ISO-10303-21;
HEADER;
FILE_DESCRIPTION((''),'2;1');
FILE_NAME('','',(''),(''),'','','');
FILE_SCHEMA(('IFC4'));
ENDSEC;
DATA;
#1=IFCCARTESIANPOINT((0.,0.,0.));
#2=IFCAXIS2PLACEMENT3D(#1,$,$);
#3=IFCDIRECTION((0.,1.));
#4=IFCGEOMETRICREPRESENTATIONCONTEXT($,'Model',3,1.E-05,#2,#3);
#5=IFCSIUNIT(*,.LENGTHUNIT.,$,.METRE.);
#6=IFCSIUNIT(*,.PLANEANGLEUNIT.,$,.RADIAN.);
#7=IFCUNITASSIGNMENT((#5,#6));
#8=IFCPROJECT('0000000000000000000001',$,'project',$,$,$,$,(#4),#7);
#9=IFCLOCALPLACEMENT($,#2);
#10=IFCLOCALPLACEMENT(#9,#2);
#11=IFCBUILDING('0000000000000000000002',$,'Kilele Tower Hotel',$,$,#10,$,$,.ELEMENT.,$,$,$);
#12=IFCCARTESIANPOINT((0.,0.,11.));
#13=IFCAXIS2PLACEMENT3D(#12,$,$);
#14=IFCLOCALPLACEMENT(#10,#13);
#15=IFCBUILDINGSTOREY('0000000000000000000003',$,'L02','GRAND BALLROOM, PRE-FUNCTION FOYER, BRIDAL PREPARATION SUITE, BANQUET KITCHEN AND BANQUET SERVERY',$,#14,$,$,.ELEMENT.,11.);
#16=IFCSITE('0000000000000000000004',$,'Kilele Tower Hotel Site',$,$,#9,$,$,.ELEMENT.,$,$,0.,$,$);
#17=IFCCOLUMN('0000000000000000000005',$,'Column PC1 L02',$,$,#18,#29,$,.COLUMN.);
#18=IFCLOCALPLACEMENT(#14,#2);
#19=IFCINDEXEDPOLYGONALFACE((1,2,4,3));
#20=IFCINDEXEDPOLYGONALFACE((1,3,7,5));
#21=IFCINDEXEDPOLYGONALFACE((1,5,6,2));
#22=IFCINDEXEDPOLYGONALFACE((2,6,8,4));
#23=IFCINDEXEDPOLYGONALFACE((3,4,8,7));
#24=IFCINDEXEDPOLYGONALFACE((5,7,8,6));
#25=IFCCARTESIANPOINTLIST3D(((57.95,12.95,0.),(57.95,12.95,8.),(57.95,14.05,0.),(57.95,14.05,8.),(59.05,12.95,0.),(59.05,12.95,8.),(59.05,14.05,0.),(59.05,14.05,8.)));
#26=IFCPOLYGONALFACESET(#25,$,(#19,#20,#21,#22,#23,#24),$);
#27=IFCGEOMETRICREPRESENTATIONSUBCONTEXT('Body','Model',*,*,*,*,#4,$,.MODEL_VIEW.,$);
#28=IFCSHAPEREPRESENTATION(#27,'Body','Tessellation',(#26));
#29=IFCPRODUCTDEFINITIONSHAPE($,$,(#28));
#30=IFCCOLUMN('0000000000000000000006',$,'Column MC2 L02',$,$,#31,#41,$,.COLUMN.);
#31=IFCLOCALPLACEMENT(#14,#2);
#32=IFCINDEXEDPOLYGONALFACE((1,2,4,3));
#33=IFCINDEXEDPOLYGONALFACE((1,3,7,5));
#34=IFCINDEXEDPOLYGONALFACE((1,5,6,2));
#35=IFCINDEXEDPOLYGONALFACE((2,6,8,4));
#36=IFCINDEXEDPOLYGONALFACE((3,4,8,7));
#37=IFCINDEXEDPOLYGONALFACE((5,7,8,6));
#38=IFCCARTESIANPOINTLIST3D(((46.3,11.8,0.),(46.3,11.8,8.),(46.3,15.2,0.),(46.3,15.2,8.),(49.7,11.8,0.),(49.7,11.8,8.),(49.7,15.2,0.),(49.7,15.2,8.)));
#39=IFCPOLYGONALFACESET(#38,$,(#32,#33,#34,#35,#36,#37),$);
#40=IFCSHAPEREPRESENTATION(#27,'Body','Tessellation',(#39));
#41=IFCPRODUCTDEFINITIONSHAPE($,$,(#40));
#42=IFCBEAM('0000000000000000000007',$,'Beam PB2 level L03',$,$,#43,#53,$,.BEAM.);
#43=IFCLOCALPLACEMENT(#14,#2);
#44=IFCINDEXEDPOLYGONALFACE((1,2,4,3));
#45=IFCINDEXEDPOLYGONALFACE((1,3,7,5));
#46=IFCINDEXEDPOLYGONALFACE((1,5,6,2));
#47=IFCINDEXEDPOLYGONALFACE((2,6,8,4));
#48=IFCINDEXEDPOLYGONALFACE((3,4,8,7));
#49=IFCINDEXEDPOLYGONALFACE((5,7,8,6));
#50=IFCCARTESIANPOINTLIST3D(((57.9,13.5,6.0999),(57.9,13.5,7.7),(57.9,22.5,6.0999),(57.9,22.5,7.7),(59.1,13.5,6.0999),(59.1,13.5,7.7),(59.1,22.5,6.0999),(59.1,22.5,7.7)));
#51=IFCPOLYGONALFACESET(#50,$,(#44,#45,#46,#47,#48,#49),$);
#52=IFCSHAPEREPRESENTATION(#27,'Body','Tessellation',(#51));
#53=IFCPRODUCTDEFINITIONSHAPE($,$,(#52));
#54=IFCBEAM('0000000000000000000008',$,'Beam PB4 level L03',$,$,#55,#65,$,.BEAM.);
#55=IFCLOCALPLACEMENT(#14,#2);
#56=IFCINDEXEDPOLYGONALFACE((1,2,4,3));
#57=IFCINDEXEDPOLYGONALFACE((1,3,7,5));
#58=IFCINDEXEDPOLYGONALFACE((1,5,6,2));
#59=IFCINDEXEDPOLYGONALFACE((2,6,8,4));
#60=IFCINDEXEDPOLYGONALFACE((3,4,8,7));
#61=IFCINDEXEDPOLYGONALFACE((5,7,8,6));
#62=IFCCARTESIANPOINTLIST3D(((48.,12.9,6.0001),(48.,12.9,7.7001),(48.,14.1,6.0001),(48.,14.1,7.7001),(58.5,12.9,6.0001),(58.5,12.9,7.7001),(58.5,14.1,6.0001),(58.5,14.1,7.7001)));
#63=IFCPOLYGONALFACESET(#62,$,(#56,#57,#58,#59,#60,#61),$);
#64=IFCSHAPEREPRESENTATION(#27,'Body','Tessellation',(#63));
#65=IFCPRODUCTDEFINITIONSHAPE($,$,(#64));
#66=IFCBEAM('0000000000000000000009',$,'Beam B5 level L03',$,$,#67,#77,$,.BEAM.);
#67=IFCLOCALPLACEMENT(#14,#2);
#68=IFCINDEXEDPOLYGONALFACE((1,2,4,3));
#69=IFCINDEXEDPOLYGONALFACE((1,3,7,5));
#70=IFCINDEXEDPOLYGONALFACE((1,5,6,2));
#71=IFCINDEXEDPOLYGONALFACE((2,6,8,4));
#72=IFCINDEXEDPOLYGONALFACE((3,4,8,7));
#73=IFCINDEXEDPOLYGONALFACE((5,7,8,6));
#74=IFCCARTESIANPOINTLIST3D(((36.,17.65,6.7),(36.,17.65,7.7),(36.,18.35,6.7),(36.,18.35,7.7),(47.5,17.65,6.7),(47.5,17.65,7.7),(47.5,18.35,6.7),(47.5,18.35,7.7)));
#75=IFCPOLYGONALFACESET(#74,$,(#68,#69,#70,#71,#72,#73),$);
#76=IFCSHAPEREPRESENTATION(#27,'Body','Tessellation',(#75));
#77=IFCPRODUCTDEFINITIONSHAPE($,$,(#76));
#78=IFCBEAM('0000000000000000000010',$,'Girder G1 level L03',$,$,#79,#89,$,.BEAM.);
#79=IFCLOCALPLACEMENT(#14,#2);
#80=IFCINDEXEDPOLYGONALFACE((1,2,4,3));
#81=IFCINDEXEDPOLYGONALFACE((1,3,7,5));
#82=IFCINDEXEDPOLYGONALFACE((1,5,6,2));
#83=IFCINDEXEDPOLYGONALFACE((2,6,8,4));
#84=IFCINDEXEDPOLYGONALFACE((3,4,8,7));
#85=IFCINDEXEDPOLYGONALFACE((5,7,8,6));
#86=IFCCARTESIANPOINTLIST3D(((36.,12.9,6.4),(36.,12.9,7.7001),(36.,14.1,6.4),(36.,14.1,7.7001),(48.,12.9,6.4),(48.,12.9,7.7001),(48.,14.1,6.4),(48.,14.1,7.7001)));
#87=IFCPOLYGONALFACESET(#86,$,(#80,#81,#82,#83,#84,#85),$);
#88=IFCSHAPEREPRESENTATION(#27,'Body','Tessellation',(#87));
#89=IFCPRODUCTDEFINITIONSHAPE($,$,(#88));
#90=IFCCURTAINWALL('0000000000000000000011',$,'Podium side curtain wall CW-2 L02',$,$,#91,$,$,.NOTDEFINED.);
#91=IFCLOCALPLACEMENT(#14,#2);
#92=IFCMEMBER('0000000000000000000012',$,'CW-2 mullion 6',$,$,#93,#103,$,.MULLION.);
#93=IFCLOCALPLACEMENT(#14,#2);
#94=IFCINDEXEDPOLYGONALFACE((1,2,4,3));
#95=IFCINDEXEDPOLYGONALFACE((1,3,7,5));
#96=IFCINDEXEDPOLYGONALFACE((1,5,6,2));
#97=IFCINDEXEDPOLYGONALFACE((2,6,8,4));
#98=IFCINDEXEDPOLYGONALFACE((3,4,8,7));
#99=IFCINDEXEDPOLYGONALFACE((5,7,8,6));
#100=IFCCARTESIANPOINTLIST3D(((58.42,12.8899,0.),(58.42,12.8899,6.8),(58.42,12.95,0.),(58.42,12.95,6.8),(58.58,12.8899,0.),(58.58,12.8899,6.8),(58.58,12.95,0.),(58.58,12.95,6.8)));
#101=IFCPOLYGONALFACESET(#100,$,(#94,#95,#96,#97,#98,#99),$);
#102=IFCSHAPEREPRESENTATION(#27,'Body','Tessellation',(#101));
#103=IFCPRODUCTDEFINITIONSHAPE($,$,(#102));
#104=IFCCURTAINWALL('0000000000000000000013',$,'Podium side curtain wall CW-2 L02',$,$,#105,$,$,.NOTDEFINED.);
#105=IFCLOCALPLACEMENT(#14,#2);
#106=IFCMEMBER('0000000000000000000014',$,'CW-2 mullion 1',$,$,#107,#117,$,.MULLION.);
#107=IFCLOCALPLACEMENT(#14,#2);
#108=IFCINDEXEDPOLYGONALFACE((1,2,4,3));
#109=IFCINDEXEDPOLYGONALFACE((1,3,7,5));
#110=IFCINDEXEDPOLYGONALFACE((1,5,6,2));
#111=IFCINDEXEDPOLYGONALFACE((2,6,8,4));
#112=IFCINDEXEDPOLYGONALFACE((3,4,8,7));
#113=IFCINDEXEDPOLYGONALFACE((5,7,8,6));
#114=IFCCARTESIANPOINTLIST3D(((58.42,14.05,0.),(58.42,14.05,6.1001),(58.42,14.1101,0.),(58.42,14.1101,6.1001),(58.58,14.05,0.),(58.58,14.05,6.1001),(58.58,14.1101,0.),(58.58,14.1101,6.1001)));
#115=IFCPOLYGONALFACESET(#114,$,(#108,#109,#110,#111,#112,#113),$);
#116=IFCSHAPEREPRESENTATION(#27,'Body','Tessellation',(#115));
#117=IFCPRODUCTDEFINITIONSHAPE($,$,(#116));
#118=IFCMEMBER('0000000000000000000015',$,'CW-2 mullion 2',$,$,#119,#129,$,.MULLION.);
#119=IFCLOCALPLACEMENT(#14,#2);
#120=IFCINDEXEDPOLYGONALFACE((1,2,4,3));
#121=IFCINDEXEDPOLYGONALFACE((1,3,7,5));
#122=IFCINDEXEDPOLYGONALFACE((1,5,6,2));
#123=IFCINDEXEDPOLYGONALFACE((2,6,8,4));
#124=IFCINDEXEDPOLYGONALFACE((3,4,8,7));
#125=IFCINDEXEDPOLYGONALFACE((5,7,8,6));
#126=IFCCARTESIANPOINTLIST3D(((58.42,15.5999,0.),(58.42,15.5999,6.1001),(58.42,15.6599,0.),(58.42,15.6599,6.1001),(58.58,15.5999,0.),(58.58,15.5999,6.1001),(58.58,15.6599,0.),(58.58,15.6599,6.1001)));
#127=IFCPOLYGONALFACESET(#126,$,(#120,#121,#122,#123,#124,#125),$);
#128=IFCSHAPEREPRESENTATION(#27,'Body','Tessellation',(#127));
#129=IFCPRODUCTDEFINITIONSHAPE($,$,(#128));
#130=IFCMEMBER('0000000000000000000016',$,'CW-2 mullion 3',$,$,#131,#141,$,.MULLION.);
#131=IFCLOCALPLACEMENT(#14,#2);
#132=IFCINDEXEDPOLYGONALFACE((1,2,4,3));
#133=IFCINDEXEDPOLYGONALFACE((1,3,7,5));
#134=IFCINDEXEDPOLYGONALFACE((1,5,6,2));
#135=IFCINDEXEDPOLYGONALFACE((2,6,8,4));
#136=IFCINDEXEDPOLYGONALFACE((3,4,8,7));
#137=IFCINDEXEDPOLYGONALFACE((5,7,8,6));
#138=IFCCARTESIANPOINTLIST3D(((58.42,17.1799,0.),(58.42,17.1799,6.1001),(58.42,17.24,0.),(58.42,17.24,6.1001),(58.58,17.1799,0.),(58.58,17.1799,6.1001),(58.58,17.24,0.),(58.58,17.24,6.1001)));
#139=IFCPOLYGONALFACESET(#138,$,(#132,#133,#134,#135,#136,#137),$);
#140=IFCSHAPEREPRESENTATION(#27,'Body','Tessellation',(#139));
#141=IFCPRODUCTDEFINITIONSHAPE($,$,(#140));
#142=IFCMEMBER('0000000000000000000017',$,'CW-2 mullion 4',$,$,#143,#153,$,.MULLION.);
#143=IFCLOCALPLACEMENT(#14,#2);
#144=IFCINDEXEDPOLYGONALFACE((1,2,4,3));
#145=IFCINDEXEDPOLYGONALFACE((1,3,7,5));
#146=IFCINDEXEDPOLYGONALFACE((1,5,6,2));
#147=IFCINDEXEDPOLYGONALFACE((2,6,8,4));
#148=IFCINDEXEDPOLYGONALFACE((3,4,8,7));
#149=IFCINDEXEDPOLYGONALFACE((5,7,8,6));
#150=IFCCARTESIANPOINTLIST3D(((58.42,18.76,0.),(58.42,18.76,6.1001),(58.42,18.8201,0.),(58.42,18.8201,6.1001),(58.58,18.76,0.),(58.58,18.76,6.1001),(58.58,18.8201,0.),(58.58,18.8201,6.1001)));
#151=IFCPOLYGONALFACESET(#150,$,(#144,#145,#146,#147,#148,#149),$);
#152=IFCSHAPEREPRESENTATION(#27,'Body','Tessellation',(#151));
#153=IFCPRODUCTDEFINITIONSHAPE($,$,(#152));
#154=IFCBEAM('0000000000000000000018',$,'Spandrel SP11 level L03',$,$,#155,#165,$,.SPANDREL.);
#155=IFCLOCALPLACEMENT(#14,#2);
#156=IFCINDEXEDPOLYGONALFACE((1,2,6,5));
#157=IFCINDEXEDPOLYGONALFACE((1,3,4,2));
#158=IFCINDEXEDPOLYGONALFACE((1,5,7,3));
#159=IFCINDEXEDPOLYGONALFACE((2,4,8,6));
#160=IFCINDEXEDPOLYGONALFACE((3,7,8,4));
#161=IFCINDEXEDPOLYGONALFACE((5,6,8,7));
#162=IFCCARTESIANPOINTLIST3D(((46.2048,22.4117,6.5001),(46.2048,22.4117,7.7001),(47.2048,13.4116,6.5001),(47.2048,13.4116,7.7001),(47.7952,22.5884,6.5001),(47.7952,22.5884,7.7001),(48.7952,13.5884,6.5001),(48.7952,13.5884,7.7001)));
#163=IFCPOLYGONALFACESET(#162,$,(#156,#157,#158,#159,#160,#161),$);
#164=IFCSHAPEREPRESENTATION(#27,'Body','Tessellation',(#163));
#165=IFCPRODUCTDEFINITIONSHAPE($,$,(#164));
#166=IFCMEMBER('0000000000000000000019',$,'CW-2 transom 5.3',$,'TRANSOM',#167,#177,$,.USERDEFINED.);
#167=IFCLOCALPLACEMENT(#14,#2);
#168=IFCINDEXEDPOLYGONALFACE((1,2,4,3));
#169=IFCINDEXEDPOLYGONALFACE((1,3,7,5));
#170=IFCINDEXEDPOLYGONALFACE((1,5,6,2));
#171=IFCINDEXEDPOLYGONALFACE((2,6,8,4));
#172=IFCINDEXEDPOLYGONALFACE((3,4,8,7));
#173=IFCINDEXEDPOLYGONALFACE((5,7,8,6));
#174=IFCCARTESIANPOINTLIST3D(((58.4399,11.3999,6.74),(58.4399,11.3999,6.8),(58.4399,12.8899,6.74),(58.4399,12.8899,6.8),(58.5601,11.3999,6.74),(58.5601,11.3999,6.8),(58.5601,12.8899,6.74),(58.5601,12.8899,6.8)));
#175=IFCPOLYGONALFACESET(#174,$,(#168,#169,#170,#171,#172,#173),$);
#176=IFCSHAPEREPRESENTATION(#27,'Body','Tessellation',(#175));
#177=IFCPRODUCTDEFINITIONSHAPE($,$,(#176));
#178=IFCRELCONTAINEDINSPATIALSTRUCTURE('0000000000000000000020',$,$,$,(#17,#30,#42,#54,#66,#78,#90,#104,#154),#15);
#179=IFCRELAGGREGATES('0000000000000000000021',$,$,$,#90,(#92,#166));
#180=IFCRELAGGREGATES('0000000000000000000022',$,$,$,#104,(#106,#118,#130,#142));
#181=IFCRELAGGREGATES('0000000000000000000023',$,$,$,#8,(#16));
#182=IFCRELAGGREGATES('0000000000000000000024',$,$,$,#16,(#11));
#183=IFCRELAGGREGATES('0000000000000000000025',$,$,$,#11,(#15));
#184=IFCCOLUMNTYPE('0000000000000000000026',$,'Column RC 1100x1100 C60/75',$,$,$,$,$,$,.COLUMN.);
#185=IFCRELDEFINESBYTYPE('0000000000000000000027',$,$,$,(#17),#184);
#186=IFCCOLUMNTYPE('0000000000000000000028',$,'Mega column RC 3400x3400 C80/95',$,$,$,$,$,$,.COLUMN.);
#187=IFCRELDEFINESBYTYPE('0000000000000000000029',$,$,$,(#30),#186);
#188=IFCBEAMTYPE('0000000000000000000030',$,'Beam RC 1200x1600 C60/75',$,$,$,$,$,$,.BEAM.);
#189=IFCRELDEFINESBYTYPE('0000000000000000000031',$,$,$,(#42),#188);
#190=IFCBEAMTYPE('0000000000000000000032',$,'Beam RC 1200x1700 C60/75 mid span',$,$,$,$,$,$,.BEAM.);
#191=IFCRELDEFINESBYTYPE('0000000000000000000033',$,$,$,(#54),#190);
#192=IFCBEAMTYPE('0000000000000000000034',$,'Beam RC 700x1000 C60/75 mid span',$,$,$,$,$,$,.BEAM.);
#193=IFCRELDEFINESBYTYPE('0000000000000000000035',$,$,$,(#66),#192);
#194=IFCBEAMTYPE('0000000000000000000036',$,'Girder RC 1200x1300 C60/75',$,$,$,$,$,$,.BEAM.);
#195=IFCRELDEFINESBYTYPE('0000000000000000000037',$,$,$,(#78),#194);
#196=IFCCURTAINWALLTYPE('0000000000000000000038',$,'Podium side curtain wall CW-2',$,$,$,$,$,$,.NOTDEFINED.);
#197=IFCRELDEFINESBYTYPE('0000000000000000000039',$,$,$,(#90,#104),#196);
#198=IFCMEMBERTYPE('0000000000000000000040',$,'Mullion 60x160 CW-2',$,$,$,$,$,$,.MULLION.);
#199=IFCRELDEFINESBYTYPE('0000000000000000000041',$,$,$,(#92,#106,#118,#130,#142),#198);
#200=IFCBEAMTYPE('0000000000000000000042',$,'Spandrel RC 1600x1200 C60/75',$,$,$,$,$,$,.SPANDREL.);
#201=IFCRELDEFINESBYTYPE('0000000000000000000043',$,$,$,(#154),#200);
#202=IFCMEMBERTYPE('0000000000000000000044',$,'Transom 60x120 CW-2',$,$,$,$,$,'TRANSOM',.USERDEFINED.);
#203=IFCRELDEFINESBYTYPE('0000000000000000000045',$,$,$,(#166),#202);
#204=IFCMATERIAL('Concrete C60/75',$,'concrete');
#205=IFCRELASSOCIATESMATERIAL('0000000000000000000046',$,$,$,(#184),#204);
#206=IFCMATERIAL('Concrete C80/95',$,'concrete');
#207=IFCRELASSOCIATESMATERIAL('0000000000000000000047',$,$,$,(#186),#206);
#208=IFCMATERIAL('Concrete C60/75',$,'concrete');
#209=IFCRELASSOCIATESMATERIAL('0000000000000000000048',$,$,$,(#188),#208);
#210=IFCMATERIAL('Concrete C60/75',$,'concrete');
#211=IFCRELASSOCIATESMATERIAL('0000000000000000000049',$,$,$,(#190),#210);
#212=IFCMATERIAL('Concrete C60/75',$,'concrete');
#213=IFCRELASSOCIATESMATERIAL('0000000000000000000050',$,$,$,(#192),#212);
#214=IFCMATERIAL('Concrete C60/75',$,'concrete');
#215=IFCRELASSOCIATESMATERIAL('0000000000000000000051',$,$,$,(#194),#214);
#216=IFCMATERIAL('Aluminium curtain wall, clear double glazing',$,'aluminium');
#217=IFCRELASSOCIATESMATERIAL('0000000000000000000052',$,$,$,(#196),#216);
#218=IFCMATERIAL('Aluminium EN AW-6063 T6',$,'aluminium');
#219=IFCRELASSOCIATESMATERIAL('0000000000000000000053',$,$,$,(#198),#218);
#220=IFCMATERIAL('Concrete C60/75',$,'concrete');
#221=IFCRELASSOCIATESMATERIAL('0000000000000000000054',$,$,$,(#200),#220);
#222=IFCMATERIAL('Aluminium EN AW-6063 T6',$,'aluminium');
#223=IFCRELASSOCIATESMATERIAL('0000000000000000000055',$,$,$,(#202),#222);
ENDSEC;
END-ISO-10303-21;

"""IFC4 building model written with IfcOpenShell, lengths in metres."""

from ifc_helpers import new_model, si_unit, direction, frame, origin, origin_2d, place, context, subcontext, project, spatial, rectangle, extrude, material, material_profile, profile_set, type_object, element, aggregate, save


model = new_model("IFC4")

# Units and contexts
model_context = context("Model", 3, precision=1e-05, world=origin(), true_north=direction((0.0, 1.0)))
body_context = subcontext(model_context, "Body", "Model", "MODEL_VIEW")
ifc_project = project(units=[si_unit("LENGTHUNIT", "METRE"), si_unit("PLANEANGLEUNIT", "RADIAN")], contexts=[model_context])

# Site, building, storey
site_placement = place(None, origin())
site = spatial("IfcSite", under=ifc_project, at=site_placement, Name="Kilele Tower Hotel Site", CompositionType="ELEMENT", RefElevation=0.0)
building_placement = place(site_placement, origin())
building = spatial("IfcBuilding", under=site, at=building_placement, Name="Kilele Tower Hotel", CompositionType="ELEMENT")
storey_placement = place(building_placement, frame((0.0, 0.0, 11.0)))
storey = spatial("IfcBuildingStorey", under=building, at=storey_placement, Name="L02", Description="GRAND BALLROOM, PRE-FUNCTION FOYER, BRIDAL PREPARATION SUITE, BANQUET KITCHEN AND BANQUET SERVERY", CompositionType="ELEMENT", Elevation=11.0)

# Columns
ifc_material_1 = material(Name="Concrete C60/75", Category="concrete")
ifc_material_profile_1 = material_profile(ifc_material_1, rectangle(XDim=1.1001, YDim=1.1001, at=origin_2d()))
ifc_profile_set_1 = profile_set([ifc_material_profile_1], Name="Concrete C60/75")
column_type_1 = type_object("IfcColumnType", Name="Column RC 1100x1100 C60/75", PredefinedType="COLUMN", material=ifc_profile_set_1)
column_1_placement = place(storey_placement, frame((58.5, 13.5, 0.0), z_axis=(0.0, 0.0, 1.0), x_axis=(1.0, 0.0, 0.0)))
element("IfcColumn", 1, at=column_1_placement, inside=storey, type_object=column_type_1, Name="Column PC1 L02", PredefinedType="COLUMN", context=body_context, shape_type="SweptSolid", body=[
    extrude(rectangle(XDim=1.1001, YDim=1.1001, at=origin_2d()), origin(), (0.0, 0.0, 1.0), 8.0),
])
ifc_material_2 = material(Name="Concrete C80/95", Category="concrete")
ifc_material_profile_2 = material_profile(ifc_material_2, rectangle(XDim=3.3999, YDim=3.3999, at=origin_2d()))
ifc_profile_set_2 = profile_set([ifc_material_profile_2], Name="Concrete C80/95")
column_type_2 = type_object("IfcColumnType", Name="Mega column RC 3400x3400 C80/95", PredefinedType="COLUMN", material=ifc_profile_set_2)
column_2_placement = place(storey_placement, frame((48.0, 13.5, 0.0), z_axis=(0.0, 0.0, 1.0), x_axis=(1.0, 0.0, 0.0)))
element("IfcColumn", 2, at=column_2_placement, inside=storey, type_object=column_type_2, Name="Column MC2 L02", PredefinedType="COLUMN", context=body_context, shape_type="SweptSolid", body=[
    extrude(rectangle(XDim=3.3999, YDim=3.3999, at=origin_2d()), origin(), (0.0, 0.0, 1.0), 8.0),
])

# Beams
ifc_material_3 = material(Name="Concrete C60/75", Category="concrete")
ifc_material_profile_3 = material_profile(ifc_material_3, rectangle(XDim=1.2, YDim=1.6001, at=origin_2d()))
ifc_profile_set_3 = profile_set([ifc_material_profile_3], Name="Concrete C60/75")
beam_type_1 = type_object("IfcBeamType", Name="Beam RC 1200x1600 C60/75", PredefinedType="BEAM", material=ifc_profile_set_3)
beam_1_placement = place(storey_placement, frame((58.5, 13.5, 6.8999), z_axis=(0.0, 1.0, 0.0), x_axis=(-1.0, 0.0, 0.0)))
element("IfcBeam", 3, at=beam_1_placement, inside=storey, type_object=beam_type_1, Name="Beam PB2 level L03", PredefinedType="BEAM", context=body_context, shape_type="SweptSolid", body=[
    extrude(rectangle(XDim=1.2, YDim=1.6001, at=origin_2d()), origin(), (0.0, 0.0, 1.0), 9.0),
])
ifc_material_4 = material(Name="Concrete C60/75", Category="concrete")
ifc_material_profile_4 = material_profile(ifc_material_4, rectangle(XDim=1.2, YDim=1.7, at=origin_2d()))
ifc_profile_set_4 = profile_set([ifc_material_profile_4], Name="Concrete C60/75")
beam_type_2 = type_object("IfcBeamType", Name="Beam RC 1200x1700 C60/75 mid span", PredefinedType="BEAM", material=ifc_profile_set_4)
beam_2_placement = place(storey_placement, frame((48.0, 13.5, 6.8501), z_axis=(1.0, 0.0, 0.0), x_axis=(0.0, 1.0, 0.0)))
element("IfcBeam", 4, at=beam_2_placement, inside=storey, type_object=beam_type_2, Name="Beam PB4 level L03", PredefinedType="BEAM", context=body_context, shape_type="SweptSolid", body=[
    extrude(rectangle(XDim=1.2, YDim=1.7, at=origin_2d()), origin(), (0.0, 0.0, 1.0), 10.5),
])
ifc_material_5 = material(Name="Concrete C60/75", Category="concrete")
ifc_material_profile_5 = material_profile(ifc_material_5, rectangle(XDim=0.7, YDim=1.0, at=origin_2d()))
ifc_profile_set_5 = profile_set([ifc_material_profile_5], Name="Concrete C60/75")
beam_type_3 = type_object("IfcBeamType", Name="Beam RC 700x1000 C60/75 mid span", PredefinedType="BEAM", material=ifc_profile_set_5)
beam_3_placement = place(storey_placement, frame((47.5, 18.0, 7.2), z_axis=(-1.0, 0.0, 0.0), x_axis=(0.0, -1.0, 0.0)))
element("IfcBeam", 5, at=beam_3_placement, inside=storey, type_object=beam_type_3, Name="Beam B5 level L03", PredefinedType="BEAM", context=body_context, shape_type="SweptSolid", body=[
    extrude(rectangle(XDim=0.7, YDim=1.0, at=origin_2d()), origin(), (0.0, 0.0, 1.0), 11.5),
])
ifc_material_6 = material(Name="Concrete C60/75", Category="concrete")
ifc_material_profile_6 = material_profile(ifc_material_6, rectangle(XDim=1.2, YDim=1.3, at=origin_2d()))
ifc_profile_set_6 = profile_set([ifc_material_profile_6], Name="Concrete C60/75")
beam_type_4 = type_object("IfcBeamType", Name="Girder RC 1200x1300 C60/75", PredefinedType="BEAM", material=ifc_profile_set_6)
beam_4_placement = place(storey_placement, frame((48.0, 13.5, 7.05), z_axis=(-1.0, 0.0, 0.0), x_axis=(0.0, -1.0, 0.0)))
element("IfcBeam", 6, at=beam_4_placement, inside=storey, type_object=beam_type_4, Name="Girder G1 level L03", PredefinedType="BEAM", context=body_context, shape_type="SweptSolid", body=[
    extrude(rectangle(XDim=1.2, YDim=1.3, at=origin_2d()), origin(), (0.0, 0.0, 1.0), 12.0),
])

# Curtain wall, member
ifc_material_7 = material(Name="Aluminium curtain wall, clear double glazing", Category="aluminium")
curtain_wall_type = type_object("IfcCurtainWallType", Name="Podium side curtain wall CW-2", PredefinedType="NOTDEFINED", material=ifc_material_7)
curtain_wall_1_placement = place(storey_placement, origin())
curtain_wall_1 = element("IfcCurtainWall", 7, at=curtain_wall_1_placement, inside=storey, type_object=curtain_wall_type, Name="Podium side curtain wall CW-2 L02", PredefinedType="NOTDEFINED")
ifc_material_8 = material(Name="Aluminium EN AW-6063 T6", Category="aluminium")
ifc_material_profile_7 = material_profile(ifc_material_8, rectangle(XDim=0.1599, YDim=0.0601, at=origin_2d()))
ifc_profile_set_7 = profile_set([ifc_material_profile_7], Name="Aluminium EN AW-6063 T6")
member_type_1 = type_object("IfcMemberType", Name="Mullion 60x160 CW-2", PredefinedType="MULLION", material=ifc_profile_set_7)
member_1_placement = place(storey_placement, frame((58.5, 12.9199, 0.0), z_axis=(0.0, 0.0, 1.0), x_axis=(-1.0, 0.0, 0.0)))
member_1 = element("IfcMember", 8, at=member_1_placement, type_object=member_type_1, Name="CW-2 mullion 6", PredefinedType="MULLION", context=body_context, shape_type="SweptSolid", body=[
    extrude(rectangle(XDim=0.1599, YDim=0.0601, at=origin_2d()), origin(), (0.0, 0.0, 1.0), 6.8),
])

# Curtain wall, members
curtain_wall_2_placement = place(storey_placement, origin())
curtain_wall_2 = element("IfcCurtainWall", 9, at=curtain_wall_2_placement, inside=storey, type_object=curtain_wall_type, Name="Podium side curtain wall CW-2 L02", PredefinedType="NOTDEFINED")
member_2_placement = place(storey_placement, frame((58.5, 14.0801, 0.0), z_axis=(0.0, 0.0, 1.0), x_axis=(-1.0, 0.0, 0.0)))
member_2 = element("IfcMember", 10, at=member_2_placement, type_object=member_type_1, Name="CW-2 mullion 1", PredefinedType="MULLION", context=body_context, shape_type="SweptSolid", body=[
    extrude(rectangle(XDim=0.1599, YDim=0.0601, at=origin_2d()), origin(), (0.0, 0.0, 1.0), 6.1001),
])
member_3_placement = place(storey_placement, frame((58.5, 15.6299, 0.0), z_axis=(0.0, 0.0, 1.0), x_axis=(-1.0, 0.0, 0.0)))
member_3 = element("IfcMember", 11, at=member_3_placement, type_object=member_type_1, Name="CW-2 mullion 2", PredefinedType="MULLION", context=body_context, shape_type="SweptSolid", body=[
    extrude(rectangle(XDim=0.1599, YDim=0.0601, at=origin_2d()), origin(), (0.0, 0.0, 1.0), 6.1001),
])
member_4_placement = place(storey_placement, frame((58.5, 17.21, 0.0), z_axis=(0.0, 0.0, 1.0), x_axis=(-1.0, 0.0, 0.0)))
member_4 = element("IfcMember", 12, at=member_4_placement, type_object=member_type_1, Name="CW-2 mullion 3", PredefinedType="MULLION", context=body_context, shape_type="SweptSolid", body=[
    extrude(rectangle(XDim=0.1599, YDim=0.0601, at=origin_2d()), origin(), (0.0, 0.0, 1.0), 6.1001),
])
member_5_placement = place(storey_placement, frame((58.5, 18.79, 0.0), z_axis=(0.0, 0.0, 1.0), x_axis=(-1.0, 0.0, 0.0)))
member_5 = element("IfcMember", 13, at=member_5_placement, type_object=member_type_1, Name="CW-2 mullion 4", PredefinedType="MULLION", context=body_context, shape_type="SweptSolid", body=[
    extrude(rectangle(XDim=0.1599, YDim=0.0601, at=origin_2d()), origin(), (0.0, 0.0, 1.0), 6.1001),
])

# Beam
ifc_material_9 = material(Name="Concrete C60/75", Category="concrete")
ifc_material_profile_8 = material_profile(ifc_material_9, rectangle(XDim=1.6001, YDim=1.2, at=origin_2d()))
ifc_profile_set_8 = profile_set([ifc_material_profile_8], Name="Concrete C60/75")
beam_type_5 = type_object("IfcBeamType", Name="Spandrel RC 1600x1200 C60/75", PredefinedType="SPANDREL", material=ifc_profile_set_8)
beam_5_placement = place(storey_placement, frame((48.0, 13.5, 7.1001), z_axis=(-0.110432, 0.993884, 0.0), x_axis=(-0.993884, -0.110432, 0.0)))
element("IfcBeam", 14, at=beam_5_placement, inside=storey, type_object=beam_type_5, Name="Spandrel SP11 level L03", PredefinedType="SPANDREL", context=body_context, shape_type="SweptSolid", body=[
    extrude(rectangle(XDim=1.6001, YDim=1.2, at=origin_2d()), origin(), (0.0, 0.0, 1.0), 9.0554),
])

# Member
ifc_material_10 = material(Name="Aluminium EN AW-6063 T6", Category="aluminium")
ifc_material_profile_9 = material_profile(ifc_material_10, rectangle(XDim=0.1201, YDim=0.0601, at=origin_2d()))
ifc_profile_set_9 = profile_set([ifc_material_profile_9], Name="Aluminium EN AW-6063 T6")
member_type_2 = type_object("IfcMemberType", Name="Transom 60x120 CW-2", ElementType="TRANSOM", PredefinedType="USERDEFINED", material=ifc_profile_set_9)
member_6_placement = place(storey_placement, frame((58.5, 11.3999, 6.77), z_axis=(0.0, 1.0, 0.0), x_axis=(-1.0, 0.0, 0.0)))
member_6 = element("IfcMember", 15, at=member_6_placement, type_object=member_type_2, Name="CW-2 transom 5.3", ObjectType="TRANSOM", PredefinedType="USERDEFINED", context=body_context, shape_type="SweptSolid", body=[
    extrude(rectangle(XDim=0.1201, YDim=0.0601, at=origin_2d()), origin(), (0.0, 0.0, 1.0), 1.49),
])

aggregate(curtain_wall_1, [member_1, member_6])
aggregate(curtain_wall_2, [member_2, member_3, member_4, member_5])

save(model, "model.ifc")
